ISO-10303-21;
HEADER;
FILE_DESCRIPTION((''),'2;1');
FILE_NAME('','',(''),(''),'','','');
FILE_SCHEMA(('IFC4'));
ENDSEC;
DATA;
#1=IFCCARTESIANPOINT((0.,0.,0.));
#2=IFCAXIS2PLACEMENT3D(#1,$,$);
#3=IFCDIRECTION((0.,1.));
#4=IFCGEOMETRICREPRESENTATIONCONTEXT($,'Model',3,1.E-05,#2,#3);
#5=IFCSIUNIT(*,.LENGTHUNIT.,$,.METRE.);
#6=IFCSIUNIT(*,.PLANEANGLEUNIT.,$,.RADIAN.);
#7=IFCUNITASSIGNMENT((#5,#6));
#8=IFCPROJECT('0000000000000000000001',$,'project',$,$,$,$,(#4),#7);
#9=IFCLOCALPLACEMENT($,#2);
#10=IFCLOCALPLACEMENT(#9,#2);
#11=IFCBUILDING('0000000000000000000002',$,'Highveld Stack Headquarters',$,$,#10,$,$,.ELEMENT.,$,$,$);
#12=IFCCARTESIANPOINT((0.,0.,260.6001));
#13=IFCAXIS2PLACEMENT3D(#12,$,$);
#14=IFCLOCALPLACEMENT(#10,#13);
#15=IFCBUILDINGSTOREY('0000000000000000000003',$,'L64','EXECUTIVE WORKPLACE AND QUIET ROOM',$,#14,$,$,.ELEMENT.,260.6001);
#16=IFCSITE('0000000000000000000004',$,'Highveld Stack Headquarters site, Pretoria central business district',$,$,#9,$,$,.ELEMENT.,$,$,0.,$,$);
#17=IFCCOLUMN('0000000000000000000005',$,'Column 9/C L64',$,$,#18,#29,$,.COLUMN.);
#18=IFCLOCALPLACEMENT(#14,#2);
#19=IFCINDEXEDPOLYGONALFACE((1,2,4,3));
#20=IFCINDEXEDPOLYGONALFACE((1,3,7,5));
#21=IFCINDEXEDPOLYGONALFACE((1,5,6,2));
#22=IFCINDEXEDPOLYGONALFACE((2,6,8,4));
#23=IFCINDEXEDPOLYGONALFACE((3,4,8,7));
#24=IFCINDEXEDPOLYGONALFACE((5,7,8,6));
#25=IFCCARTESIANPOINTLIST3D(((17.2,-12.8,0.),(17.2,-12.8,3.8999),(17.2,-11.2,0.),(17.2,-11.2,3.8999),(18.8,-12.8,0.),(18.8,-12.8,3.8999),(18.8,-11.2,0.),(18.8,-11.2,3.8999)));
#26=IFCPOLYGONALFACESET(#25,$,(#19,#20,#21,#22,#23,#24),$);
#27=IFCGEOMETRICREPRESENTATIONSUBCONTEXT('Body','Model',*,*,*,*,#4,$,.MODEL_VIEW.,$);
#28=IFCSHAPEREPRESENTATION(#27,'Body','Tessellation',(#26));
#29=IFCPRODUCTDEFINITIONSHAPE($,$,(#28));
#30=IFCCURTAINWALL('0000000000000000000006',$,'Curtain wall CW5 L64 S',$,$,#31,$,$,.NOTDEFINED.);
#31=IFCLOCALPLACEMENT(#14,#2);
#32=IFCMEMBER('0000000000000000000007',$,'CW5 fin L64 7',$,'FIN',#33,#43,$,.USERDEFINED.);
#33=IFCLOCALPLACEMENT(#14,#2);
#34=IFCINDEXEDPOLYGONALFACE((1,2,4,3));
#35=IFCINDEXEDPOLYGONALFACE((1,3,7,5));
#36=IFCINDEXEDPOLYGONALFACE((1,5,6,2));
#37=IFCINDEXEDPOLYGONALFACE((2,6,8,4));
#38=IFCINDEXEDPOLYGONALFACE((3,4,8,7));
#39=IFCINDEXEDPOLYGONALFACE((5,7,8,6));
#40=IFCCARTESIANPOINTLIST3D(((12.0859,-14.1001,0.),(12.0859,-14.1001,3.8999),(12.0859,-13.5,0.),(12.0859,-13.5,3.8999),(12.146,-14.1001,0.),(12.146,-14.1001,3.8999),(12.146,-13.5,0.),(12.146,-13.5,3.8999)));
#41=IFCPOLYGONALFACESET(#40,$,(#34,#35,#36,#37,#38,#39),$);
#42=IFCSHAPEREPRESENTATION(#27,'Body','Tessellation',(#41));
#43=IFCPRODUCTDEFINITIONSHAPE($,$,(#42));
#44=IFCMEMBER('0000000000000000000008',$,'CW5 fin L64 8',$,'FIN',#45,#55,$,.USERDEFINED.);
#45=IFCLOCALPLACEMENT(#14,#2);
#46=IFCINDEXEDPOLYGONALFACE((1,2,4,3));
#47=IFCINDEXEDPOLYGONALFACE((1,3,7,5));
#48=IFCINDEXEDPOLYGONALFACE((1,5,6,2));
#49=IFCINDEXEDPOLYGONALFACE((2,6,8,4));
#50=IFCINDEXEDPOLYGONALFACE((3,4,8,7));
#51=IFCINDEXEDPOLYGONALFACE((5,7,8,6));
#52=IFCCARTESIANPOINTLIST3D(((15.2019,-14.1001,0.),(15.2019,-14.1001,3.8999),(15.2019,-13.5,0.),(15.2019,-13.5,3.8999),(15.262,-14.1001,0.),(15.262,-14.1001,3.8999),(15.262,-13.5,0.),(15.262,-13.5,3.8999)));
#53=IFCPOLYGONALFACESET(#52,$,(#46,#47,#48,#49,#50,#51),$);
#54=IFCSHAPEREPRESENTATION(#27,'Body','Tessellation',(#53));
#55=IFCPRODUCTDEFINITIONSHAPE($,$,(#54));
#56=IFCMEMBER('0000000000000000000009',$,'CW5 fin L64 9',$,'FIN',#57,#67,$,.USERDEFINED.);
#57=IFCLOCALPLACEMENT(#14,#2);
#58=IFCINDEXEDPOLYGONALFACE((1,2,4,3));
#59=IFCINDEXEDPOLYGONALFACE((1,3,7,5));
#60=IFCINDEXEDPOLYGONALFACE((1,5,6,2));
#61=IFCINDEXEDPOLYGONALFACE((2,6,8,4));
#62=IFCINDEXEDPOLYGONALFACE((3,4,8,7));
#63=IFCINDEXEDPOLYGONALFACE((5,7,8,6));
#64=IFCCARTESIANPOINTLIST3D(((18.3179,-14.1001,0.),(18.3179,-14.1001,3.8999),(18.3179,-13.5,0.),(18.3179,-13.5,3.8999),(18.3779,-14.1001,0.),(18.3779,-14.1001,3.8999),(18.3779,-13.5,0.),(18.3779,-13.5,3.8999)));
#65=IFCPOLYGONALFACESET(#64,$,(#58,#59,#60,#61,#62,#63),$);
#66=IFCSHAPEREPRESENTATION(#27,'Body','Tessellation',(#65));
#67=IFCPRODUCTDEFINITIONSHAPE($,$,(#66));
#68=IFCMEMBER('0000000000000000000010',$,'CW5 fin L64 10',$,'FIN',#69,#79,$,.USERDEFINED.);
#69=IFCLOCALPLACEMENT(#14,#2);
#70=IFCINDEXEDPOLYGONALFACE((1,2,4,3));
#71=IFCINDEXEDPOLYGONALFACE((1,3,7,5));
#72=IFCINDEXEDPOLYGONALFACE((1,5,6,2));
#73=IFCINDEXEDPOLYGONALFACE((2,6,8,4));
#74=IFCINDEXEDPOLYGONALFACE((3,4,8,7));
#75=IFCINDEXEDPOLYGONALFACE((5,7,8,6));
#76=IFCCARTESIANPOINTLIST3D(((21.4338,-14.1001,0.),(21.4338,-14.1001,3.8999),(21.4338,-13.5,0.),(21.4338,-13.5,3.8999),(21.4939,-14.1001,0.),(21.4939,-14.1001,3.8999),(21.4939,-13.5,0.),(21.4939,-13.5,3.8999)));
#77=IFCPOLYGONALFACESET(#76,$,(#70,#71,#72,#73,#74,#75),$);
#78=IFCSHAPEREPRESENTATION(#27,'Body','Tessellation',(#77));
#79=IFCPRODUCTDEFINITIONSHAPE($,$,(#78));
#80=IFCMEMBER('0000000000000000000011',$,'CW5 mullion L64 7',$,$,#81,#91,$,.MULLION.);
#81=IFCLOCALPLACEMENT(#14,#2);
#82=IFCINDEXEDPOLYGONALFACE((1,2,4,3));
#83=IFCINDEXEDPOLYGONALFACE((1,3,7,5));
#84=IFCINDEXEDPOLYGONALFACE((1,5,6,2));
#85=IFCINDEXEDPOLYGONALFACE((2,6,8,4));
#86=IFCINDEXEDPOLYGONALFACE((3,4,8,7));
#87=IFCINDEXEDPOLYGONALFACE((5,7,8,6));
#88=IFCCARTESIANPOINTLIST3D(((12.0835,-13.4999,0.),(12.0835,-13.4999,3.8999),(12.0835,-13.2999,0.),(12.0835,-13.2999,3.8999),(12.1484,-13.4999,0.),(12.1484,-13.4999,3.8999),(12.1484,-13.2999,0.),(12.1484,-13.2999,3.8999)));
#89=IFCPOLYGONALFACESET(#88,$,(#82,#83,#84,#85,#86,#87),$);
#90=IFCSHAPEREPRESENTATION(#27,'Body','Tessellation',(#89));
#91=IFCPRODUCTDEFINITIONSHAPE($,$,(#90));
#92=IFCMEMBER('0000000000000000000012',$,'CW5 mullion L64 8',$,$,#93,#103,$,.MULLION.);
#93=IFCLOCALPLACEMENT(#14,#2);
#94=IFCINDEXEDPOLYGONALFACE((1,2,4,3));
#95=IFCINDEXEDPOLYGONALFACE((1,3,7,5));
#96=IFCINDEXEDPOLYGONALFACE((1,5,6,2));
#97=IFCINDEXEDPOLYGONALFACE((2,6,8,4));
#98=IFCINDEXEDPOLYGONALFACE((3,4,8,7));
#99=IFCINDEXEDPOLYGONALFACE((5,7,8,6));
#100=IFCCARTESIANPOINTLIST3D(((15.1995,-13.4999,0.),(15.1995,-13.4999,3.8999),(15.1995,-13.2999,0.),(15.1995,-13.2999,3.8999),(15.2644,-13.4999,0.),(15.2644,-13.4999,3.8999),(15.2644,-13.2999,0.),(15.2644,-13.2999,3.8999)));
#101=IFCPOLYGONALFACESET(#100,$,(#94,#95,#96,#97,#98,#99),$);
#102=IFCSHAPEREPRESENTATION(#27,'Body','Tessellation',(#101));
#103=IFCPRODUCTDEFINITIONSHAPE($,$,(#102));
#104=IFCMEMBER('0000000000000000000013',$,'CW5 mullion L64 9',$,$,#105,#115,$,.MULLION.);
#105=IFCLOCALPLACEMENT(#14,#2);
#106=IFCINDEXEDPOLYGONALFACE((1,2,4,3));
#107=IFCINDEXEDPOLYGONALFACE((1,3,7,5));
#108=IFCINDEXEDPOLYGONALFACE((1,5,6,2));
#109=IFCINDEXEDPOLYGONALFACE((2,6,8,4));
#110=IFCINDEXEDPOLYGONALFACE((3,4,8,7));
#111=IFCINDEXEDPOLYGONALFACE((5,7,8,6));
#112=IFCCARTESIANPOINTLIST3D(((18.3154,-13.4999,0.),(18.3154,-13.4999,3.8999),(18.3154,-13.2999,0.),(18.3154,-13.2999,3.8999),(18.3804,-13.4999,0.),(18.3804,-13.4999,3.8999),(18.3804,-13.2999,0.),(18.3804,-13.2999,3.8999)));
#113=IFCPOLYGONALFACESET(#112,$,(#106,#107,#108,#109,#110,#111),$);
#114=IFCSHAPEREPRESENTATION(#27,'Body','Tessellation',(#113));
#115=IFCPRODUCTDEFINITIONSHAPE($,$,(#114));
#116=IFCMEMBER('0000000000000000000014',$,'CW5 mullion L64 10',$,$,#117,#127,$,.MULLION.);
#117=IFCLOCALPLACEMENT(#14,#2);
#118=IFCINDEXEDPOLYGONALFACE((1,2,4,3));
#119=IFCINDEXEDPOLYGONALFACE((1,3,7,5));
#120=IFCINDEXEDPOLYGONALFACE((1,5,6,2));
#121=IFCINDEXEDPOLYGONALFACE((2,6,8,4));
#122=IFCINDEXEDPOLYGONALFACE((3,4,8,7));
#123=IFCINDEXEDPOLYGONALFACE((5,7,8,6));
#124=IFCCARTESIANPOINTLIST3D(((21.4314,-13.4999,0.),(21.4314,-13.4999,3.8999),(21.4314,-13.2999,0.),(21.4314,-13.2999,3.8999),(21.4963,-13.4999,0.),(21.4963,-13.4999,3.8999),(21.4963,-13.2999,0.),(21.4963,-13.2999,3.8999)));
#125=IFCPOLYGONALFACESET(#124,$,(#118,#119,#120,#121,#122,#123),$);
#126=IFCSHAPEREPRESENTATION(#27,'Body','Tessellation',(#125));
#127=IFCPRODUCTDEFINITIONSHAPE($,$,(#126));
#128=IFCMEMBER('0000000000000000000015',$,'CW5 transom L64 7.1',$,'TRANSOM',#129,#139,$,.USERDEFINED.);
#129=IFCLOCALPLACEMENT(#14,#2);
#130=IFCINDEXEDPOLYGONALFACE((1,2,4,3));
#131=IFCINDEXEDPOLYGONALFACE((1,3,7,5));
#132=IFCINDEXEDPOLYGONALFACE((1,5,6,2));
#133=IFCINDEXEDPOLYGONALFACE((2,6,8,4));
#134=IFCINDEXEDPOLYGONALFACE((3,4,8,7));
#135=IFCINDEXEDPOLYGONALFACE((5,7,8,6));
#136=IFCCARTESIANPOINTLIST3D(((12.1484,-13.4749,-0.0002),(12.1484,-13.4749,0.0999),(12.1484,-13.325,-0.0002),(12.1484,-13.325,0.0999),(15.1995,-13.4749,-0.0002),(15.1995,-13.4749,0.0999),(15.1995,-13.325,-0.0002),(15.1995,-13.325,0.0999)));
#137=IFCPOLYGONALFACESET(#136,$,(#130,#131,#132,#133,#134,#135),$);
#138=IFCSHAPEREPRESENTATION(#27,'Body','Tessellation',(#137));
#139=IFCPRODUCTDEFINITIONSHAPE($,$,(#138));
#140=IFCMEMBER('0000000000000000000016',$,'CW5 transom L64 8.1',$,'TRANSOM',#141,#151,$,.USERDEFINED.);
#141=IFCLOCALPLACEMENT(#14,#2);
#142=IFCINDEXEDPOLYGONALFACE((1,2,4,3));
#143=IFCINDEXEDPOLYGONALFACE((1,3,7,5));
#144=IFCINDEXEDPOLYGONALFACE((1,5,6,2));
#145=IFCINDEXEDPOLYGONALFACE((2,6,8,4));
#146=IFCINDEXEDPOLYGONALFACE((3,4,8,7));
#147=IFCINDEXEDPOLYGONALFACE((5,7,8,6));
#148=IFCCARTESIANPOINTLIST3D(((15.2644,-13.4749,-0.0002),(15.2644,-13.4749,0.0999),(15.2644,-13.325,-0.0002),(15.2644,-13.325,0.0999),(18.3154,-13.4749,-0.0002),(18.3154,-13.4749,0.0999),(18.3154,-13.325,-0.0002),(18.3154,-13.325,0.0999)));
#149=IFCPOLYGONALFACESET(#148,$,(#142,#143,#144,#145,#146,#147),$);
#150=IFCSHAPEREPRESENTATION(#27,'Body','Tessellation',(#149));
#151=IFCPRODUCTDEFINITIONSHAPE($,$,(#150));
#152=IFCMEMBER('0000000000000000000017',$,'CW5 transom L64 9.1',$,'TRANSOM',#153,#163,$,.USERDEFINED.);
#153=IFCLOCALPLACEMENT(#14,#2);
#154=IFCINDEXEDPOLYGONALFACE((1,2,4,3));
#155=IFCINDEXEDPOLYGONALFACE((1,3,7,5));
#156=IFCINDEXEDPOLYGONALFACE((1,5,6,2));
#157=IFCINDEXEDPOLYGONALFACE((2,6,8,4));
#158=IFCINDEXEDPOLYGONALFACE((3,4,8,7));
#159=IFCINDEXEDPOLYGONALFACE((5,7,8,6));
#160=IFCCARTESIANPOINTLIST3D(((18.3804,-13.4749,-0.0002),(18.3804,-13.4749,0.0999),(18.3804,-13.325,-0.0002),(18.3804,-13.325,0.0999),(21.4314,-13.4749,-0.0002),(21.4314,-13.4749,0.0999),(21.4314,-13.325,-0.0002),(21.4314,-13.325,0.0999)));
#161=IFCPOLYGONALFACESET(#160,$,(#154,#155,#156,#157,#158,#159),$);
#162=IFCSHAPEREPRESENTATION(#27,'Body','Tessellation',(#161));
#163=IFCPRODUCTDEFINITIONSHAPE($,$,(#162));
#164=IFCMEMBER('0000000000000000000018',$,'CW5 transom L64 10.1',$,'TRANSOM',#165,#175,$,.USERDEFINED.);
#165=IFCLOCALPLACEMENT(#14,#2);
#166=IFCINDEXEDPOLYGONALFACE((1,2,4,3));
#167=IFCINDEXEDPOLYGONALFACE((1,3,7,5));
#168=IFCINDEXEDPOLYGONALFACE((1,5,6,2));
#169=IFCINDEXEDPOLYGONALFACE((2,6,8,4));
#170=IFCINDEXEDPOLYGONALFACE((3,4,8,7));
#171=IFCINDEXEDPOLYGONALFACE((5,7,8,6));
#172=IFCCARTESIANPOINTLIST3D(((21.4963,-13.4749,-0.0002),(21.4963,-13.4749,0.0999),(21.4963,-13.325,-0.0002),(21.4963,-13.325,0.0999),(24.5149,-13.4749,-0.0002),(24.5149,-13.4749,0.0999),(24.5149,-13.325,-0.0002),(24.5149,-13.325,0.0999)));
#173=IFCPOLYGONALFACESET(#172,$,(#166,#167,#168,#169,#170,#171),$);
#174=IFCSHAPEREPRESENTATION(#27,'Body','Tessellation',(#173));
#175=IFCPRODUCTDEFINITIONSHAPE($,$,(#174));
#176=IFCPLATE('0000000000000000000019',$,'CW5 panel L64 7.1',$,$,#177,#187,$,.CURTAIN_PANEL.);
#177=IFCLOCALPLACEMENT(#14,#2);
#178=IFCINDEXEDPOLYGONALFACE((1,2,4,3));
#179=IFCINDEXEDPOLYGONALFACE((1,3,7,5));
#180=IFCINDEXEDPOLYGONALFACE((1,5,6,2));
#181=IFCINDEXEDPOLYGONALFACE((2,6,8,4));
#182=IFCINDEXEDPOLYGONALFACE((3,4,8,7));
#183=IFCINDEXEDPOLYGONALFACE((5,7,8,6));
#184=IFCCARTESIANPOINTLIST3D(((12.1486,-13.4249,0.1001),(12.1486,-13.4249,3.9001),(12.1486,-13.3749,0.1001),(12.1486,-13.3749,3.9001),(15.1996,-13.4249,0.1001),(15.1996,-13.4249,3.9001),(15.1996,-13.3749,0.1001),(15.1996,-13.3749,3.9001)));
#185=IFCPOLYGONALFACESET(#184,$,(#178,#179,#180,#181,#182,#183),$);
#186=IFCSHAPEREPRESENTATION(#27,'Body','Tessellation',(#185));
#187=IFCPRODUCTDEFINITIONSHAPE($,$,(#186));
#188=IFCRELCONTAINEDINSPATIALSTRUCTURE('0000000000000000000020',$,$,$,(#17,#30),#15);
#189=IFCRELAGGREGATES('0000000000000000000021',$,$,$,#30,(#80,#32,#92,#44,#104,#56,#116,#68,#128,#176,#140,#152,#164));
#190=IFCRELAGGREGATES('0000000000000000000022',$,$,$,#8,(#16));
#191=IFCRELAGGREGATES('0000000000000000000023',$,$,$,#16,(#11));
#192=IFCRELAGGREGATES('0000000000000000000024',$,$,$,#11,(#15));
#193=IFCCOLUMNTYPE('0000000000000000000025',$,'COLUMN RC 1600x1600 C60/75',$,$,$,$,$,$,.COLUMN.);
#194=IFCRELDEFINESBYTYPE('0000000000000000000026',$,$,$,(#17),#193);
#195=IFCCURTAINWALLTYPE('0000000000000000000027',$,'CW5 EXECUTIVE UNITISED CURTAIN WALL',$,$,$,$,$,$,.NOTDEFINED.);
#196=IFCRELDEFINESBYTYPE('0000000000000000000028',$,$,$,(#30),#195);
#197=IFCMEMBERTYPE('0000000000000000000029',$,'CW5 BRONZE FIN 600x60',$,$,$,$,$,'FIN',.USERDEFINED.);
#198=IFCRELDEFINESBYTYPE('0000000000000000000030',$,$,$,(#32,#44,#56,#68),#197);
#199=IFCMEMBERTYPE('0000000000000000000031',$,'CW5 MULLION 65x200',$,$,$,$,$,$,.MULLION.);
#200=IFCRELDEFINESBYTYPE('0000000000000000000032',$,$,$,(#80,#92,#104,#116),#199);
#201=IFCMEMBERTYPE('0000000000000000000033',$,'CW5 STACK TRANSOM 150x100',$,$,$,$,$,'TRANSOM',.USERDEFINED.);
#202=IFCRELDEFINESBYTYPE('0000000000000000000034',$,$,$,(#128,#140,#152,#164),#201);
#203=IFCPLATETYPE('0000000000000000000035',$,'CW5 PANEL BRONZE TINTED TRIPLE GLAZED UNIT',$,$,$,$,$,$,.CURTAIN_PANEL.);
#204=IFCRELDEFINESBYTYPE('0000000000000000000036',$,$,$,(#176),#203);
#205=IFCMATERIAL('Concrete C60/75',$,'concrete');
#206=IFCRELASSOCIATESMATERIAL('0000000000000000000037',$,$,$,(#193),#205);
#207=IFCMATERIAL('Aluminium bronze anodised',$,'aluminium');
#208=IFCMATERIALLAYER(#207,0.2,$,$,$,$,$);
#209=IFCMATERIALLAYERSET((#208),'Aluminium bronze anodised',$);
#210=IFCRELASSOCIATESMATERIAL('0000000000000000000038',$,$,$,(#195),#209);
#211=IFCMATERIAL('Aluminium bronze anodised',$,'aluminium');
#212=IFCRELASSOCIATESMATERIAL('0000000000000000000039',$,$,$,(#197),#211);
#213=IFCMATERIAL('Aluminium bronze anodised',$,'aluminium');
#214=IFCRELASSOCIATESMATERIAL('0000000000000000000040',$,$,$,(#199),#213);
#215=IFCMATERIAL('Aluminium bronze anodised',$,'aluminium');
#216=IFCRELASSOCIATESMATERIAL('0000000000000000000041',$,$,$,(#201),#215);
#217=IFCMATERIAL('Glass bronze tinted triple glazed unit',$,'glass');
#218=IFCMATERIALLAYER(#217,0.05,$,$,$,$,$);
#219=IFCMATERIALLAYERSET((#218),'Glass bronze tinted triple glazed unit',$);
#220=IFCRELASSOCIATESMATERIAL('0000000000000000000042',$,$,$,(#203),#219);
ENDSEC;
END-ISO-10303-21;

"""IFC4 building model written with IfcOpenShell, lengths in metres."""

from ifc_helpers import new_model, si_unit, direction, frame, origin, origin_2d, place, context, subcontext, project, spatial, rectangle, extrude, material, layer, layer_set, material_profile, profile_set, type_object, element, aggregate, save


model = new_model("IFC4")

# Units and contexts
model_context = context("Model", 3, precision=1e-05, world=origin(), true_north=direction((0.0, 1.0)))
body_context = subcontext(model_context, "Body", "Model", "MODEL_VIEW")
ifc_project = project(units=[si_unit("LENGTHUNIT", "METRE"), si_unit("PLANEANGLEUNIT", "RADIAN")], contexts=[model_context])

# Site, building, storey
site_placement = place(None, origin())
site = spatial("IfcSite", under=ifc_project, at=site_placement, Name="Highveld Stack Headquarters site, Pretoria central business district", CompositionType="ELEMENT", RefElevation=0.0)
building_placement = place(site_placement, origin())
building = spatial("IfcBuilding", under=site, at=building_placement, Name="Highveld Stack Headquarters", CompositionType="ELEMENT")
storey_placement = place(building_placement, frame((0.0, 0.0, 260.6001)))
storey = spatial("IfcBuildingStorey", under=building, at=storey_placement, Name="L64", Description="EXECUTIVE WORKPLACE AND QUIET ROOM", CompositionType="ELEMENT", Elevation=260.6001)

# Column
ifc_material_1 = material(Name="Concrete C60/75", Category="concrete")
ifc_material_profile_1 = material_profile(ifc_material_1, rectangle(XDim=1.6001, YDim=1.6001, at=origin_2d()), Name="RC 1600x1600")
ifc_profile_set_1 = profile_set([ifc_material_profile_1], Name="Concrete C60/75")
column_type = type_object("IfcColumnType", Name="COLUMN RC 1600x1600 C60/75", PredefinedType="COLUMN", material=ifc_profile_set_1)
column_placement = place(storey_placement, frame((18.0, -12.0, 0.0), z_axis=(0.0, 0.0, 1.0), x_axis=(1.0, 0.0, 0.0)))
element("IfcColumn", 1, at=column_placement, inside=storey, type_object=column_type, Name="Column 9/C L64", PredefinedType="COLUMN", context=body_context, shape_type="SweptSolid", body=[
    extrude(rectangle(XDim=1.6001, YDim=1.6001, at=origin_2d()), origin(), (0.0, 0.0, 1.0), 3.8999),
])

# Curtain wall, members, plate
ifc_material_2 = material(Name="Aluminium bronze anodised", Category="aluminium")
ifc_layer_1 = layer(ifc_material_2, 0.2)
ifc_layer_set_1 = layer_set([ifc_layer_1], Name="Aluminium bronze anodised")
curtain_wall_type = type_object("IfcCurtainWallType", Name="CW5 EXECUTIVE UNITISED CURTAIN WALL", PredefinedType="NOTDEFINED", material=ifc_layer_set_1)
curtain_wall_placement = place(storey_placement, origin())
curtain_wall = element("IfcCurtainWall", 2, at=curtain_wall_placement, inside=storey, type_object=curtain_wall_type, Name="Curtain wall CW5 L64 S", PredefinedType="NOTDEFINED")
ifc_material_3 = material(Name="Aluminium bronze anodised", Category="aluminium")
ifc_material_profile_2 = material_profile(ifc_material_3, rectangle(XDim=0.6001, YDim=0.0601, at=origin_2d()), Name="FIN 600x60")
ifc_profile_set_2 = profile_set([ifc_material_profile_2], Name="Aluminium bronze anodised")
member_type_1 = type_object("IfcMemberType", Name="CW5 BRONZE FIN 600x60", ElementType="FIN", PredefinedType="USERDEFINED", material=ifc_profile_set_2)
member_1_placement = place(storey_placement, frame((12.116, -13.8, 0.0), z_axis=(0.0, 0.0, 1.0), x_axis=(0.0, 1.0, 0.0)))
member_1 = element("IfcMember", 3, at=member_1_placement, type_object=member_type_1, Name="CW5 fin L64 7", ObjectType="FIN", PredefinedType="USERDEFINED", context=body_context, shape_type="SweptSolid", body=[
    extrude(rectangle(XDim=0.6001, YDim=0.0601, at=origin_2d()), origin(), (0.0, 0.0, 1.0), 3.8999),
])
member_2_placement = place(storey_placement, frame((15.2319, -13.8, 0.0), z_axis=(0.0, 0.0, 1.0), x_axis=(0.0, 1.0, 0.0)))
member_2 = element("IfcMember", 4, at=member_2_placement, type_object=member_type_1, Name="CW5 fin L64 8", ObjectType="FIN", PredefinedType="USERDEFINED", context=body_context, shape_type="SweptSolid", body=[
    extrude(rectangle(XDim=0.6001, YDim=0.0601, at=origin_2d()), origin(), (0.0, 0.0, 1.0), 3.8999),
])
member_3_placement = place(storey_placement, frame((18.3479, -13.8, 0.0), z_axis=(0.0, 0.0, 1.0), x_axis=(0.0, 1.0, 0.0)))
member_3 = element("IfcMember", 5, at=member_3_placement, type_object=member_type_1, Name="CW5 fin L64 9", ObjectType="FIN", PredefinedType="USERDEFINED", context=body_context, shape_type="SweptSolid", body=[
    extrude(rectangle(XDim=0.6001, YDim=0.0601, at=origin_2d()), origin(), (0.0, 0.0, 1.0), 3.8999),
])
member_4_placement = place(storey_placement, frame((21.4639, -13.8, 0.0), z_axis=(0.0, 0.0, 1.0), x_axis=(0.0, 1.0, 0.0)))
member_4 = element("IfcMember", 6, at=member_4_placement, type_object=member_type_1, Name="CW5 fin L64 10", ObjectType="FIN", PredefinedType="USERDEFINED", context=body_context, shape_type="SweptSolid", body=[
    extrude(rectangle(XDim=0.6001, YDim=0.0601, at=origin_2d()), origin(), (0.0, 0.0, 1.0), 3.8999),
])
ifc_material_4 = material(Name="Aluminium bronze anodised", Category="aluminium")
ifc_material_profile_3 = material_profile(ifc_material_4, rectangle(XDim=0.2, YDim=0.0649, at=origin_2d()), Name="CW5 MULLION 65x200")
ifc_profile_set_3 = profile_set([ifc_material_profile_3], Name="Aluminium bronze anodised")
member_type_2 = type_object("IfcMemberType", Name="CW5 MULLION 65x200", PredefinedType="MULLION", material=ifc_profile_set_3)
member_5_placement = place(storey_placement, frame((12.116, -13.3999, 0.0), z_axis=(0.0, 0.0, 1.0), x_axis=(0.0, 1.0, 0.0)))
member_5 = element("IfcMember", 7, at=member_5_placement, type_object=member_type_2, Name="CW5 mullion L64 7", PredefinedType="MULLION", context=body_context, shape_type="SweptSolid", body=[
    extrude(rectangle(XDim=0.2, YDim=0.0649, at=origin_2d()), origin(), (0.0, 0.0, 1.0), 3.8999),
])
member_6_placement = place(storey_placement, frame((15.2319, -13.3999, 0.0), z_axis=(0.0, 0.0, 1.0), x_axis=(0.0, 1.0, 0.0)))
member_6 = element("IfcMember", 8, at=member_6_placement, type_object=member_type_2, Name="CW5 mullion L64 8", PredefinedType="MULLION", context=body_context, shape_type="SweptSolid", body=[
    extrude(rectangle(XDim=0.2, YDim=0.0649, at=origin_2d()), origin(), (0.0, 0.0, 1.0), 3.8999),
])
member_7_placement = place(storey_placement, frame((18.3479, -13.3999, 0.0), z_axis=(0.0, 0.0, 1.0), x_axis=(0.0, 1.0, 0.0)))
member_7 = element("IfcMember", 9, at=member_7_placement, type_object=member_type_2, Name="CW5 mullion L64 9", PredefinedType="MULLION", context=body_context, shape_type="SweptSolid", body=[
    extrude(rectangle(XDim=0.2, YDim=0.0649, at=origin_2d()), origin(), (0.0, 0.0, 1.0), 3.8999),
])
member_8_placement = place(storey_placement, frame((21.4639, -13.3999, 0.0), z_axis=(0.0, 0.0, 1.0), x_axis=(0.0, 1.0, 0.0)))
member_8 = element("IfcMember", 10, at=member_8_placement, type_object=member_type_2, Name="CW5 mullion L64 10", PredefinedType="MULLION", context=body_context, shape_type="SweptSolid", body=[
    extrude(rectangle(XDim=0.2, YDim=0.0649, at=origin_2d()), origin(), (0.0, 0.0, 1.0), 3.8999),
])
ifc_material_5 = material(Name="Aluminium bronze anodised", Category="aluminium")
ifc_material_profile_4 = material_profile(ifc_material_5, rectangle(XDim=0.1499, YDim=0.1001, at=origin_2d()), Name="CW5 TRANSOM 150x100")
ifc_profile_set_4 = profile_set([ifc_material_profile_4], Name="Aluminium bronze anodised")
member_type_3 = type_object("IfcMemberType", Name="CW5 STACK TRANSOM 150x100", ElementType="TRANSOM", PredefinedType="USERDEFINED", material=ifc_profile_set_4)
member_9_placement = place(storey_placement, frame((12.1484, -13.3999, 0.0498), z_axis=(1.0, 0.0, 0.0), x_axis=(0.0, 1.0, 0.0)))
member_9 = element("IfcMember", 11, at=member_9_placement, type_object=member_type_3, Name="CW5 transom L64 7.1", ObjectType="TRANSOM", PredefinedType="USERDEFINED", context=body_context, shape_type="SweptSolid", body=[
    extrude(rectangle(XDim=0.1499, YDim=0.1001, at=origin_2d()), origin(), (0.0, 0.0, 1.0), 3.051),
])
member_10_placement = place(storey_placement, frame((15.2644, -13.3999, 0.0498), z_axis=(1.0, 0.0, 0.0), x_axis=(0.0, 1.0, 0.0)))
member_10 = element("IfcMember", 12, at=member_10_placement, type_object=member_type_3, Name="CW5 transom L64 8.1", ObjectType="TRANSOM", PredefinedType="USERDEFINED", context=body_context, shape_type="SweptSolid", body=[
    extrude(rectangle(XDim=0.1499, YDim=0.1001, at=origin_2d()), origin(), (0.0, 0.0, 1.0), 3.051),
])
member_11_placement = place(storey_placement, frame((18.3804, -13.3999, 0.0498), z_axis=(1.0, 0.0, 0.0), x_axis=(0.0, 1.0, 0.0)))
member_11 = element("IfcMember", 13, at=member_11_placement, type_object=member_type_3, Name="CW5 transom L64 9.1", ObjectType="TRANSOM", PredefinedType="USERDEFINED", context=body_context, shape_type="SweptSolid", body=[
    extrude(rectangle(XDim=0.1499, YDim=0.1001, at=origin_2d()), origin(), (0.0, 0.0, 1.0), 3.051),
])
member_12_placement = place(storey_placement, frame((21.4963, -13.3999, 0.0498), z_axis=(1.0, 0.0, 0.0), x_axis=(0.0, 1.0, 0.0)))
member_12 = element("IfcMember", 14, at=member_12_placement, type_object=member_type_3, Name="CW5 transom L64 10.1", ObjectType="TRANSOM", PredefinedType="USERDEFINED", context=body_context, shape_type="SweptSolid", body=[
    extrude(rectangle(XDim=0.1499, YDim=0.1001, at=origin_2d()), origin(), (0.0, 0.0, 1.0), 3.0186),
])
ifc_material_6 = material(Name="Glass bronze tinted triple glazed unit", Category="glass")
ifc_layer_2 = layer(ifc_material_6, 0.05)
ifc_layer_set_2 = layer_set([ifc_layer_2], Name="Glass bronze tinted triple glazed unit")
plate_type = type_object("IfcPlateType", Name="CW5 PANEL BRONZE TINTED TRIPLE GLAZED UNIT", PredefinedType="CURTAIN_PANEL", material=ifc_layer_set_2)
plate_1_placement = place(storey_placement, frame((13.6741, -13.3999, 0.1001), z_axis=(0.0, 0.0, 1.0), x_axis=(1.0, 0.0, 0.0)))
plate_1 = element("IfcPlate", 15, at=plate_1_placement, type_object=plate_type, Name="CW5 panel L64 7.1", PredefinedType="CURTAIN_PANEL", context=body_context, shape_type="SweptSolid", body=[
    extrude(rectangle(XDim=3.051, YDim=0.05, at=origin_2d()), origin(), (0.0, 0.0, 1.0), 3.8),
])
aggregate(curtain_wall, [member_5, member_1, member_6, member_2, member_7, member_3, member_8, member_4, member_9, plate_1, member_10, member_11, member_12])

save(model, "model.ifc")
